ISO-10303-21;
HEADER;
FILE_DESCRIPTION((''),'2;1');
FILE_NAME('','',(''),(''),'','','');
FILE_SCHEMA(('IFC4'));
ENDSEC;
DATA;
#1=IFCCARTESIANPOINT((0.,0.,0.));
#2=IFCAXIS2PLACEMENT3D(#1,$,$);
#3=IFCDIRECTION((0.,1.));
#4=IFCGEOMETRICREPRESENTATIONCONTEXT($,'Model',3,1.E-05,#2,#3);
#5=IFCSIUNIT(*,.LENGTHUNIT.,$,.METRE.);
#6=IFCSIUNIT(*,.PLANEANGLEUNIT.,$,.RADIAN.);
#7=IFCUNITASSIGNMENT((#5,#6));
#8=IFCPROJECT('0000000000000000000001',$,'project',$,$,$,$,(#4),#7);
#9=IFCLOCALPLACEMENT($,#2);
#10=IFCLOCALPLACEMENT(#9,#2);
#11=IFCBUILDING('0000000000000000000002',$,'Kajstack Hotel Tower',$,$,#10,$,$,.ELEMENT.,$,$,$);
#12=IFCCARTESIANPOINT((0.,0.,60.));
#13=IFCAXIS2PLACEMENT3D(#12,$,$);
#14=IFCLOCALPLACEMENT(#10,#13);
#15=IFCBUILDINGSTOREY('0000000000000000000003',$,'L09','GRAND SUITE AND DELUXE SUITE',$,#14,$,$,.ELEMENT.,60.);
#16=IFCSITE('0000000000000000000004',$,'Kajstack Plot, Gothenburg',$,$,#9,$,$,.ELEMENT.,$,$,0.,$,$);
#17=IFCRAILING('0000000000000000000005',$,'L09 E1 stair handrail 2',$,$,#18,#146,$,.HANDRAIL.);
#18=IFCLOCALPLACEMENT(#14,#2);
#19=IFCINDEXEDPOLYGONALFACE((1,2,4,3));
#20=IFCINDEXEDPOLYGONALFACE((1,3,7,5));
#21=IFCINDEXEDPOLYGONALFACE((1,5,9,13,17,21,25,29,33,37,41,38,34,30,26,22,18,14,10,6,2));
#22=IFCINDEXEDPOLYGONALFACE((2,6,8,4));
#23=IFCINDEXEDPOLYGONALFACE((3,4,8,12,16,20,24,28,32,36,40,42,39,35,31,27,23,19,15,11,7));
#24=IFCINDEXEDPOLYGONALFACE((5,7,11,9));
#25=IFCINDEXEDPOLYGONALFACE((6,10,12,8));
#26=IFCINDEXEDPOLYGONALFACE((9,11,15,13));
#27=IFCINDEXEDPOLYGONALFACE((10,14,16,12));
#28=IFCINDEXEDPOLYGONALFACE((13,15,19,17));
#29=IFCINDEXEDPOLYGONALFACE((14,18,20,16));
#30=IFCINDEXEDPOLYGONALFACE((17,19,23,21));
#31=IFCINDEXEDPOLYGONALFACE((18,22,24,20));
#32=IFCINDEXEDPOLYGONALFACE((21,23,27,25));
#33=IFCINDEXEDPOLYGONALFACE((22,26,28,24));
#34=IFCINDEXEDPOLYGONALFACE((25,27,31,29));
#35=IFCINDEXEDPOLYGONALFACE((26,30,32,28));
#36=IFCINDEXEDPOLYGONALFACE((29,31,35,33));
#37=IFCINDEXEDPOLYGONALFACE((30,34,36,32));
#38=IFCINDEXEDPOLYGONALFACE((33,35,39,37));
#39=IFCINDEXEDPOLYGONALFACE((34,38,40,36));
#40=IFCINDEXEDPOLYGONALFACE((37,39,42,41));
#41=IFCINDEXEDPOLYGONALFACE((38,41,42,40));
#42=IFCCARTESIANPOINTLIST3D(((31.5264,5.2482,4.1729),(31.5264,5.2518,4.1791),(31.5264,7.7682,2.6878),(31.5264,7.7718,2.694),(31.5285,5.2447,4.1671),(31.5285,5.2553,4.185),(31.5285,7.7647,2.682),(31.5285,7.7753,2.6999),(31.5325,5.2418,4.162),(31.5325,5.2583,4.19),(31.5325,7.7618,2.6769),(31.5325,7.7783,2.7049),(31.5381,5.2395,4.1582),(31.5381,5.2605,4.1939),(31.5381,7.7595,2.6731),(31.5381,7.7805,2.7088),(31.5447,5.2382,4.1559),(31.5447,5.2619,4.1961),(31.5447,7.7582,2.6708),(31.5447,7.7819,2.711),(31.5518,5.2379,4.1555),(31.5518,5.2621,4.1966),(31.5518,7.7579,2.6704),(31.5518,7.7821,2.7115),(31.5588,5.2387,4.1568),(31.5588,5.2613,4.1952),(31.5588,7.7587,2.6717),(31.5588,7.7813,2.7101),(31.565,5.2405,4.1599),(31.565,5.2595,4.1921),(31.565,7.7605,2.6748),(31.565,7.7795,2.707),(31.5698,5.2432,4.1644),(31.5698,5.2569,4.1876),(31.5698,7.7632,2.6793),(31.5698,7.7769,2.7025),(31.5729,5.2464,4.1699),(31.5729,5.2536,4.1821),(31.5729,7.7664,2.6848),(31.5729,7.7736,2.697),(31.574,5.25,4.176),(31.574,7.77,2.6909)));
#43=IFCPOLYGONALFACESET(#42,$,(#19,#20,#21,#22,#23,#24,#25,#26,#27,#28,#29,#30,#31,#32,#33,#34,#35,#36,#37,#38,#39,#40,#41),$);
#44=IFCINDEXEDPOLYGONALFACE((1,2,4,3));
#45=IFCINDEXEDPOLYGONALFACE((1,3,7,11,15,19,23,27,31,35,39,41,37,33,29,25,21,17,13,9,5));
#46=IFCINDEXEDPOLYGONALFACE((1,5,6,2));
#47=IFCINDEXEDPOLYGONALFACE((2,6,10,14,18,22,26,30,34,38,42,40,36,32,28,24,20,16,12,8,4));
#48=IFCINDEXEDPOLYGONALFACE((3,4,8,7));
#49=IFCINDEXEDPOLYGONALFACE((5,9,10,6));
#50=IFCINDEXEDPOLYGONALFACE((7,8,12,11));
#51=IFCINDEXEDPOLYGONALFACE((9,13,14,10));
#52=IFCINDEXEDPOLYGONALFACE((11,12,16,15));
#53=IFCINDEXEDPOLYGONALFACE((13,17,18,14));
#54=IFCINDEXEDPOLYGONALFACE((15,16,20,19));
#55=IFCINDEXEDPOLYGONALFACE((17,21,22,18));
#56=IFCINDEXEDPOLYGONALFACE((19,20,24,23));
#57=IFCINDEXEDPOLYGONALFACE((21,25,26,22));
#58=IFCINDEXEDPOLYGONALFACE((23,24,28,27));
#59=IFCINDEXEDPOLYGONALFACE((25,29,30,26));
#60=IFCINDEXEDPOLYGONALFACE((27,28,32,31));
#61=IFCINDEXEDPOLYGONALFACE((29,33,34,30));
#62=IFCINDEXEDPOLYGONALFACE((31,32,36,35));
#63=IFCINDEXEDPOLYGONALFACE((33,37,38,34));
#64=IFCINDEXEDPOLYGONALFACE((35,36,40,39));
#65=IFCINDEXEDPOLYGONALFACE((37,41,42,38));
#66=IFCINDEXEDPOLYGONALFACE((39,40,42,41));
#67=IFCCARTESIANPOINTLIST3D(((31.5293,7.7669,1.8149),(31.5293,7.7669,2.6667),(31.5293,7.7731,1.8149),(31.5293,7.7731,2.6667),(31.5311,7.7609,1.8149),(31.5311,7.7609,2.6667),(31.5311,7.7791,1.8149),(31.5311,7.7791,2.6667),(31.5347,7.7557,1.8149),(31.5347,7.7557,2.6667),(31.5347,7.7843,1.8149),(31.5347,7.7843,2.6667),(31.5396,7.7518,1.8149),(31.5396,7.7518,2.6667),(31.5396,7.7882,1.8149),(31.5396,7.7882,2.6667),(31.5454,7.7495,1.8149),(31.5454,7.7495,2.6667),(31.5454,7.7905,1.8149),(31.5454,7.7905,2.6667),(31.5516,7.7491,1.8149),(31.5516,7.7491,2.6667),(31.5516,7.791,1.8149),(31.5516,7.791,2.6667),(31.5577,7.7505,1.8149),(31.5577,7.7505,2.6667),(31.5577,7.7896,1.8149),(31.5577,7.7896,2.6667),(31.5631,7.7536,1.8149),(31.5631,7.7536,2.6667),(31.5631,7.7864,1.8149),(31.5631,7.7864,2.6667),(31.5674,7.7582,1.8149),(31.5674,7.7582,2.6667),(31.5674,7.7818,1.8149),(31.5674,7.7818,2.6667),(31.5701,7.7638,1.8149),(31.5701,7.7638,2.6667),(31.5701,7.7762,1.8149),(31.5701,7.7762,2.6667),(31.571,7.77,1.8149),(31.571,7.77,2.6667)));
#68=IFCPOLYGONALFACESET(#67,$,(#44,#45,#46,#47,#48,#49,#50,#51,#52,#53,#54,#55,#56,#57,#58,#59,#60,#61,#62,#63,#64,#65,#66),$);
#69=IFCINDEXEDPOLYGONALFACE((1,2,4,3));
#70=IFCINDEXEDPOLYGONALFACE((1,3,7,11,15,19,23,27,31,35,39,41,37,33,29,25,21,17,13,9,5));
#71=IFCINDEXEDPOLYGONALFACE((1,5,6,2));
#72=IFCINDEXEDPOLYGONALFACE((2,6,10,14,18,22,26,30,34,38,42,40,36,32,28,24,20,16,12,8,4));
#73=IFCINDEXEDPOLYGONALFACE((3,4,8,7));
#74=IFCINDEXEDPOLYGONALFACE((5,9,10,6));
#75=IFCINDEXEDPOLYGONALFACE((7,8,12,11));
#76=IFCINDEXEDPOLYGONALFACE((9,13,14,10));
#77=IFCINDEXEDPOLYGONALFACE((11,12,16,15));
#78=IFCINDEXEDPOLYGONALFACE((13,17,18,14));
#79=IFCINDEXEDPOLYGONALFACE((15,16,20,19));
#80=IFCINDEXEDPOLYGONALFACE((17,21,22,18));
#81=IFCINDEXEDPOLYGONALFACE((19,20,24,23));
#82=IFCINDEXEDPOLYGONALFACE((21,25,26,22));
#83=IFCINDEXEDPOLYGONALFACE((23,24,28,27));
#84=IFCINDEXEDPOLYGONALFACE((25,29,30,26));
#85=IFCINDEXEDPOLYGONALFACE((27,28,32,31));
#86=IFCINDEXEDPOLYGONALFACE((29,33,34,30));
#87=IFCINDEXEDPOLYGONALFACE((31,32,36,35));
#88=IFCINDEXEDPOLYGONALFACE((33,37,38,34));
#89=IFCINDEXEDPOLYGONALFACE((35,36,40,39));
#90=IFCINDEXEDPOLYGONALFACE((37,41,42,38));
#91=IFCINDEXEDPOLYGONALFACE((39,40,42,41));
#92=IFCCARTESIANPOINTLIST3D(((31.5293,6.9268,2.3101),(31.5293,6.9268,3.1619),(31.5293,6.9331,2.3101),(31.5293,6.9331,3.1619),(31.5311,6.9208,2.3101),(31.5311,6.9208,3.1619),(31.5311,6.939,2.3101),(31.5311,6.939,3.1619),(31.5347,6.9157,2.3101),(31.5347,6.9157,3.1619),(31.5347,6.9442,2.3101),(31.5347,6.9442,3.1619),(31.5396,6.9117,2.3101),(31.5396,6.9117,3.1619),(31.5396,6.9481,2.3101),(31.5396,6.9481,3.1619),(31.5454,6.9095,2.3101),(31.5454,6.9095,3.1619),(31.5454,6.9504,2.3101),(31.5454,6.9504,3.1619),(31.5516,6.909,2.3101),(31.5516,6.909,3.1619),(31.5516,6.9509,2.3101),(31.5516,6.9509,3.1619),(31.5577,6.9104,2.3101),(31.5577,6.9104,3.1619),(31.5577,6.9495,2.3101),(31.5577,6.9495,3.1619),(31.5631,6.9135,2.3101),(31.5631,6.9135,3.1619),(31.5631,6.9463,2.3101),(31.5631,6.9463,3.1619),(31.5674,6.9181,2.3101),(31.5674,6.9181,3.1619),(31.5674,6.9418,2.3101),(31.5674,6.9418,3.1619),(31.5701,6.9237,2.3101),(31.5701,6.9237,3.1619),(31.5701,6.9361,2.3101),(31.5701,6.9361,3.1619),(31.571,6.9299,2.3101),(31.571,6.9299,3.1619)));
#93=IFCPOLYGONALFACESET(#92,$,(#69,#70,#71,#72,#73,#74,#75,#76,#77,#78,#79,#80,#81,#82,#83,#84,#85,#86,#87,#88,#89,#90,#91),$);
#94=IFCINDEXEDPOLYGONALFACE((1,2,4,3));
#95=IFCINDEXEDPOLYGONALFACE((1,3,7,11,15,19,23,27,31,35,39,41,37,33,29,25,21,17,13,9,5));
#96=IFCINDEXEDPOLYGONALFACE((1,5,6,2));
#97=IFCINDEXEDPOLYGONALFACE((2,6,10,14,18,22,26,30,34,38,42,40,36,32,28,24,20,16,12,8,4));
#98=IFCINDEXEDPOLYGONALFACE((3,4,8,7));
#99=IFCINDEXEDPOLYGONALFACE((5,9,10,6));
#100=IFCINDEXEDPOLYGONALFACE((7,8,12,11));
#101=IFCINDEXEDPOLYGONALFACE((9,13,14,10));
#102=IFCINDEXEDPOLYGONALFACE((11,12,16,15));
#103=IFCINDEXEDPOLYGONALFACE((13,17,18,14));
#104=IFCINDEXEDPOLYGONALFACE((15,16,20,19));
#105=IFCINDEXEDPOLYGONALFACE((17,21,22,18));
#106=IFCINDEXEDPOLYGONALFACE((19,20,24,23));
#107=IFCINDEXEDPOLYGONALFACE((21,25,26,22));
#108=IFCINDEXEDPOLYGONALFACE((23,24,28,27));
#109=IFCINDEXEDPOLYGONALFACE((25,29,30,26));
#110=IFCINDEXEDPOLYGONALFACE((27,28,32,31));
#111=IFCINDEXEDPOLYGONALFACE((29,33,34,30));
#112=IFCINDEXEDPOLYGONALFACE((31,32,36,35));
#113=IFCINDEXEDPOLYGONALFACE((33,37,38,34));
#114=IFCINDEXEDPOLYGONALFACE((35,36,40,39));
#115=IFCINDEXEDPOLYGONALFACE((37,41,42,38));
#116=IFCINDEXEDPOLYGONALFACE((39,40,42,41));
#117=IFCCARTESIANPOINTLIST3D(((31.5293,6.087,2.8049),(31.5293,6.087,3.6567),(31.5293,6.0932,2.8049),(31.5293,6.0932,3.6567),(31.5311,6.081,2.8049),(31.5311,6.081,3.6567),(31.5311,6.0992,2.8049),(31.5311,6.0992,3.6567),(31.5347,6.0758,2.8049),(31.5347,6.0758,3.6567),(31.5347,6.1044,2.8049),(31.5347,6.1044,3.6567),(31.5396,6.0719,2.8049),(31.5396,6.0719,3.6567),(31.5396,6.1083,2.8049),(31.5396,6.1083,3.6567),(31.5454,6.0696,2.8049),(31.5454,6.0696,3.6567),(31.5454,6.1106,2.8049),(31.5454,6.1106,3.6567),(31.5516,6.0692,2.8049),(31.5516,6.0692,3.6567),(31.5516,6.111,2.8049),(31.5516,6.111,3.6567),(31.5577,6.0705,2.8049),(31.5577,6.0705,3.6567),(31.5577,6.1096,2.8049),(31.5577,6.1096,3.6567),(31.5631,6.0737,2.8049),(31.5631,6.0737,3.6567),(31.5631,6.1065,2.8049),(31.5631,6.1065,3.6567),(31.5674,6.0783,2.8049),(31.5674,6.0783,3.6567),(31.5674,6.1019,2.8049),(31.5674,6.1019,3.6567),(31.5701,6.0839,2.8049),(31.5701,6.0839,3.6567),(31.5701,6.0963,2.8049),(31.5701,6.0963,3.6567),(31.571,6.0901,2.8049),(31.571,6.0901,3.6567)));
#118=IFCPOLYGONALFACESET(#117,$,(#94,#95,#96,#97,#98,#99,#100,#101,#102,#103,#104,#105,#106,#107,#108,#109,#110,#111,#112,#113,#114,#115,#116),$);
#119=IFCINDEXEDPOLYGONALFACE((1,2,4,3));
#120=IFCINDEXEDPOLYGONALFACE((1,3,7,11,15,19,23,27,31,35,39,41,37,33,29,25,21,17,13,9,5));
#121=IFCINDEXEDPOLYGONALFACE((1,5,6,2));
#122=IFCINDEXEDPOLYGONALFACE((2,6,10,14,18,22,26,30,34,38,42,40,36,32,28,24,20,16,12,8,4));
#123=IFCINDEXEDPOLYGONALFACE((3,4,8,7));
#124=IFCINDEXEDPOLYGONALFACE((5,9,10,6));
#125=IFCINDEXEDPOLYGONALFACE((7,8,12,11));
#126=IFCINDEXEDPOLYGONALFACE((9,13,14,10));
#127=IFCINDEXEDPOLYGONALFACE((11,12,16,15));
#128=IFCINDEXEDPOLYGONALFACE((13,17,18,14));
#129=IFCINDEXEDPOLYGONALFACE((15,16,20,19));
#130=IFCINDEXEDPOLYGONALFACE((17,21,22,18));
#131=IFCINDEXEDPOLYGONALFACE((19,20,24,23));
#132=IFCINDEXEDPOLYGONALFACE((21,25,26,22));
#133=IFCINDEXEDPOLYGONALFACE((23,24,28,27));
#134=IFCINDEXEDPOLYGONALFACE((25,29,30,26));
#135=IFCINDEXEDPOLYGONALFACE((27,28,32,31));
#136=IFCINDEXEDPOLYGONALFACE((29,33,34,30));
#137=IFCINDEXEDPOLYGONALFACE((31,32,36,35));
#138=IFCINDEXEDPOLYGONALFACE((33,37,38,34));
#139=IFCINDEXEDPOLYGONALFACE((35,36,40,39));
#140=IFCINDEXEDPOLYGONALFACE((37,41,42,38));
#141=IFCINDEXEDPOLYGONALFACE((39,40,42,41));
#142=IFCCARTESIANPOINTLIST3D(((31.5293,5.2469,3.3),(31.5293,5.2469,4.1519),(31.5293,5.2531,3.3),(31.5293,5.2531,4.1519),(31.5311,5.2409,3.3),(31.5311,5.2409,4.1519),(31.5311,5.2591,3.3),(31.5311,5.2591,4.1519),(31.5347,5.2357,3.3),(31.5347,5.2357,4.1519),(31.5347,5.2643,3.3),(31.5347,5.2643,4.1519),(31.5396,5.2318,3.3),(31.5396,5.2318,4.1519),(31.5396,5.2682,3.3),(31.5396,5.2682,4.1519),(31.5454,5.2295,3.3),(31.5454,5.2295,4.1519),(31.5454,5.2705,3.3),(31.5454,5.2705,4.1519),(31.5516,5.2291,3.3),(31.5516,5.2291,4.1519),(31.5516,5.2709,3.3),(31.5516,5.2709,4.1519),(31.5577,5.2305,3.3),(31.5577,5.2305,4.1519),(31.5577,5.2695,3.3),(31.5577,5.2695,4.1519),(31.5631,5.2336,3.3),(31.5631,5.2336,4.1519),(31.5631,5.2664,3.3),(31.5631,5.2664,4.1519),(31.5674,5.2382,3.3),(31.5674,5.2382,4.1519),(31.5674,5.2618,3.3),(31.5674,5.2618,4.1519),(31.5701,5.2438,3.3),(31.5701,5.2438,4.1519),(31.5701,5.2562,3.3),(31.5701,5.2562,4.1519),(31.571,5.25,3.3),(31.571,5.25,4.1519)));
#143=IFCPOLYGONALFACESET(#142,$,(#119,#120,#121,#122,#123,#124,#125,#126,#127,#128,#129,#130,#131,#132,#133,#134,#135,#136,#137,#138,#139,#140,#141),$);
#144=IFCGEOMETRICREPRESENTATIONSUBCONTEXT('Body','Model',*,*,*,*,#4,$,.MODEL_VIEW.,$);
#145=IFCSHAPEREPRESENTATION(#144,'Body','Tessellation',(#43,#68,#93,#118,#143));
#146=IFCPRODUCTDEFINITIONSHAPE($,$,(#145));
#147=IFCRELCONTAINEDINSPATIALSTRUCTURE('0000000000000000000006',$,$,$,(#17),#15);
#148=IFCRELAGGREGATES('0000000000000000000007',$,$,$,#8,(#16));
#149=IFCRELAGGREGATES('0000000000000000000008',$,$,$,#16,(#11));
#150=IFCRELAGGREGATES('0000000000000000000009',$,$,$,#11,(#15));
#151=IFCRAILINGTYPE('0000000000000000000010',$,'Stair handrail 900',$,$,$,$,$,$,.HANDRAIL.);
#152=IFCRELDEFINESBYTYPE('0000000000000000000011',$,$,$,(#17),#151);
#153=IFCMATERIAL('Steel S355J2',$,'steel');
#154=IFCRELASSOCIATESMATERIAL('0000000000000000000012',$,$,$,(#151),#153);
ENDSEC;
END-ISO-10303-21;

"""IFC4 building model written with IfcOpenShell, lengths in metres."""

from ifc_helpers import new_model, si_unit, direction, frame, origin, origin_2d, place, context, subcontext, project, spatial, circle, extrude, material, type_object, element, save


model = new_model("IFC4")

# Units and contexts
model_context = context("Model", 3, precision=1e-05, world=origin(), true_north=direction((0.0, 1.0)))
body_context = subcontext(model_context, "Body", "Model", "MODEL_VIEW")
ifc_project = project(units=[si_unit("LENGTHUNIT", "METRE"), si_unit("PLANEANGLEUNIT", "RADIAN")], contexts=[model_context])

# Site, building, storey
site_placement = place(None, origin())
site = spatial("IfcSite", under=ifc_project, at=site_placement, Name="Kajstack Plot, Gothenburg", CompositionType="ELEMENT", RefElevation=0.0)
building_placement = place(site_placement, origin())
building = spatial("IfcBuilding", under=site, at=building_placement, Name="Kajstack Hotel Tower", CompositionType="ELEMENT")
storey_placement = place(building_placement, frame((0.0, 0.0, 60.0)))
storey = spatial("IfcBuildingStorey", under=building, at=storey_placement, Name="L09", Description="GRAND SUITE AND DELUXE SUITE", CompositionType="ELEMENT", Elevation=60.0)

# Railing
ifc_material_1 = material(Name="Steel S355J2", Category="steel")
railing_type_1 = type_object("IfcRailingType", Name="Stair handrail 900", PredefinedType="HANDRAIL", material=ifc_material_1)
railing_1_placement = place(storey_placement, frame((31.55, 7.77, 1.8149)))
element("IfcRailing", 1, at=railing_1_placement, inside=storey, type_object=railing_type_1, Name="L09 E1 stair handrail 2", PredefinedType="HANDRAIL", context=body_context, shape_type="SweptSolid", body=[
    extrude(circle(Radius=0.0239, at=origin_2d()), frame((0.0, 0.0, 0.876), z_axis=(0.0, -0.861524, 0.507717), x_axis=(1.0, 0.0, 0.0)), (0.0, 0.0, 1.0), 2.925),
    extrude(circle(Radius=0.021, at=origin_2d()), origin(), (0.0, 0.0, 1.0), 0.8518),
    extrude(circle(Radius=0.021, at=origin_2d()), frame((0.0, -0.8401, 0.4951)), (0.0, 0.0, 1.0), 0.8518),
    extrude(circle(Radius=0.021, at=origin_2d()), frame((0.0, -1.6799, 0.99)), (0.0, 0.0, 1.0), 0.8518),
    extrude(circle(Radius=0.021, at=origin_2d()), frame((0.0, -2.52, 1.4851)), (0.0, 0.0, 1.0), 0.8518),
])

save(model, "model.ifc")
